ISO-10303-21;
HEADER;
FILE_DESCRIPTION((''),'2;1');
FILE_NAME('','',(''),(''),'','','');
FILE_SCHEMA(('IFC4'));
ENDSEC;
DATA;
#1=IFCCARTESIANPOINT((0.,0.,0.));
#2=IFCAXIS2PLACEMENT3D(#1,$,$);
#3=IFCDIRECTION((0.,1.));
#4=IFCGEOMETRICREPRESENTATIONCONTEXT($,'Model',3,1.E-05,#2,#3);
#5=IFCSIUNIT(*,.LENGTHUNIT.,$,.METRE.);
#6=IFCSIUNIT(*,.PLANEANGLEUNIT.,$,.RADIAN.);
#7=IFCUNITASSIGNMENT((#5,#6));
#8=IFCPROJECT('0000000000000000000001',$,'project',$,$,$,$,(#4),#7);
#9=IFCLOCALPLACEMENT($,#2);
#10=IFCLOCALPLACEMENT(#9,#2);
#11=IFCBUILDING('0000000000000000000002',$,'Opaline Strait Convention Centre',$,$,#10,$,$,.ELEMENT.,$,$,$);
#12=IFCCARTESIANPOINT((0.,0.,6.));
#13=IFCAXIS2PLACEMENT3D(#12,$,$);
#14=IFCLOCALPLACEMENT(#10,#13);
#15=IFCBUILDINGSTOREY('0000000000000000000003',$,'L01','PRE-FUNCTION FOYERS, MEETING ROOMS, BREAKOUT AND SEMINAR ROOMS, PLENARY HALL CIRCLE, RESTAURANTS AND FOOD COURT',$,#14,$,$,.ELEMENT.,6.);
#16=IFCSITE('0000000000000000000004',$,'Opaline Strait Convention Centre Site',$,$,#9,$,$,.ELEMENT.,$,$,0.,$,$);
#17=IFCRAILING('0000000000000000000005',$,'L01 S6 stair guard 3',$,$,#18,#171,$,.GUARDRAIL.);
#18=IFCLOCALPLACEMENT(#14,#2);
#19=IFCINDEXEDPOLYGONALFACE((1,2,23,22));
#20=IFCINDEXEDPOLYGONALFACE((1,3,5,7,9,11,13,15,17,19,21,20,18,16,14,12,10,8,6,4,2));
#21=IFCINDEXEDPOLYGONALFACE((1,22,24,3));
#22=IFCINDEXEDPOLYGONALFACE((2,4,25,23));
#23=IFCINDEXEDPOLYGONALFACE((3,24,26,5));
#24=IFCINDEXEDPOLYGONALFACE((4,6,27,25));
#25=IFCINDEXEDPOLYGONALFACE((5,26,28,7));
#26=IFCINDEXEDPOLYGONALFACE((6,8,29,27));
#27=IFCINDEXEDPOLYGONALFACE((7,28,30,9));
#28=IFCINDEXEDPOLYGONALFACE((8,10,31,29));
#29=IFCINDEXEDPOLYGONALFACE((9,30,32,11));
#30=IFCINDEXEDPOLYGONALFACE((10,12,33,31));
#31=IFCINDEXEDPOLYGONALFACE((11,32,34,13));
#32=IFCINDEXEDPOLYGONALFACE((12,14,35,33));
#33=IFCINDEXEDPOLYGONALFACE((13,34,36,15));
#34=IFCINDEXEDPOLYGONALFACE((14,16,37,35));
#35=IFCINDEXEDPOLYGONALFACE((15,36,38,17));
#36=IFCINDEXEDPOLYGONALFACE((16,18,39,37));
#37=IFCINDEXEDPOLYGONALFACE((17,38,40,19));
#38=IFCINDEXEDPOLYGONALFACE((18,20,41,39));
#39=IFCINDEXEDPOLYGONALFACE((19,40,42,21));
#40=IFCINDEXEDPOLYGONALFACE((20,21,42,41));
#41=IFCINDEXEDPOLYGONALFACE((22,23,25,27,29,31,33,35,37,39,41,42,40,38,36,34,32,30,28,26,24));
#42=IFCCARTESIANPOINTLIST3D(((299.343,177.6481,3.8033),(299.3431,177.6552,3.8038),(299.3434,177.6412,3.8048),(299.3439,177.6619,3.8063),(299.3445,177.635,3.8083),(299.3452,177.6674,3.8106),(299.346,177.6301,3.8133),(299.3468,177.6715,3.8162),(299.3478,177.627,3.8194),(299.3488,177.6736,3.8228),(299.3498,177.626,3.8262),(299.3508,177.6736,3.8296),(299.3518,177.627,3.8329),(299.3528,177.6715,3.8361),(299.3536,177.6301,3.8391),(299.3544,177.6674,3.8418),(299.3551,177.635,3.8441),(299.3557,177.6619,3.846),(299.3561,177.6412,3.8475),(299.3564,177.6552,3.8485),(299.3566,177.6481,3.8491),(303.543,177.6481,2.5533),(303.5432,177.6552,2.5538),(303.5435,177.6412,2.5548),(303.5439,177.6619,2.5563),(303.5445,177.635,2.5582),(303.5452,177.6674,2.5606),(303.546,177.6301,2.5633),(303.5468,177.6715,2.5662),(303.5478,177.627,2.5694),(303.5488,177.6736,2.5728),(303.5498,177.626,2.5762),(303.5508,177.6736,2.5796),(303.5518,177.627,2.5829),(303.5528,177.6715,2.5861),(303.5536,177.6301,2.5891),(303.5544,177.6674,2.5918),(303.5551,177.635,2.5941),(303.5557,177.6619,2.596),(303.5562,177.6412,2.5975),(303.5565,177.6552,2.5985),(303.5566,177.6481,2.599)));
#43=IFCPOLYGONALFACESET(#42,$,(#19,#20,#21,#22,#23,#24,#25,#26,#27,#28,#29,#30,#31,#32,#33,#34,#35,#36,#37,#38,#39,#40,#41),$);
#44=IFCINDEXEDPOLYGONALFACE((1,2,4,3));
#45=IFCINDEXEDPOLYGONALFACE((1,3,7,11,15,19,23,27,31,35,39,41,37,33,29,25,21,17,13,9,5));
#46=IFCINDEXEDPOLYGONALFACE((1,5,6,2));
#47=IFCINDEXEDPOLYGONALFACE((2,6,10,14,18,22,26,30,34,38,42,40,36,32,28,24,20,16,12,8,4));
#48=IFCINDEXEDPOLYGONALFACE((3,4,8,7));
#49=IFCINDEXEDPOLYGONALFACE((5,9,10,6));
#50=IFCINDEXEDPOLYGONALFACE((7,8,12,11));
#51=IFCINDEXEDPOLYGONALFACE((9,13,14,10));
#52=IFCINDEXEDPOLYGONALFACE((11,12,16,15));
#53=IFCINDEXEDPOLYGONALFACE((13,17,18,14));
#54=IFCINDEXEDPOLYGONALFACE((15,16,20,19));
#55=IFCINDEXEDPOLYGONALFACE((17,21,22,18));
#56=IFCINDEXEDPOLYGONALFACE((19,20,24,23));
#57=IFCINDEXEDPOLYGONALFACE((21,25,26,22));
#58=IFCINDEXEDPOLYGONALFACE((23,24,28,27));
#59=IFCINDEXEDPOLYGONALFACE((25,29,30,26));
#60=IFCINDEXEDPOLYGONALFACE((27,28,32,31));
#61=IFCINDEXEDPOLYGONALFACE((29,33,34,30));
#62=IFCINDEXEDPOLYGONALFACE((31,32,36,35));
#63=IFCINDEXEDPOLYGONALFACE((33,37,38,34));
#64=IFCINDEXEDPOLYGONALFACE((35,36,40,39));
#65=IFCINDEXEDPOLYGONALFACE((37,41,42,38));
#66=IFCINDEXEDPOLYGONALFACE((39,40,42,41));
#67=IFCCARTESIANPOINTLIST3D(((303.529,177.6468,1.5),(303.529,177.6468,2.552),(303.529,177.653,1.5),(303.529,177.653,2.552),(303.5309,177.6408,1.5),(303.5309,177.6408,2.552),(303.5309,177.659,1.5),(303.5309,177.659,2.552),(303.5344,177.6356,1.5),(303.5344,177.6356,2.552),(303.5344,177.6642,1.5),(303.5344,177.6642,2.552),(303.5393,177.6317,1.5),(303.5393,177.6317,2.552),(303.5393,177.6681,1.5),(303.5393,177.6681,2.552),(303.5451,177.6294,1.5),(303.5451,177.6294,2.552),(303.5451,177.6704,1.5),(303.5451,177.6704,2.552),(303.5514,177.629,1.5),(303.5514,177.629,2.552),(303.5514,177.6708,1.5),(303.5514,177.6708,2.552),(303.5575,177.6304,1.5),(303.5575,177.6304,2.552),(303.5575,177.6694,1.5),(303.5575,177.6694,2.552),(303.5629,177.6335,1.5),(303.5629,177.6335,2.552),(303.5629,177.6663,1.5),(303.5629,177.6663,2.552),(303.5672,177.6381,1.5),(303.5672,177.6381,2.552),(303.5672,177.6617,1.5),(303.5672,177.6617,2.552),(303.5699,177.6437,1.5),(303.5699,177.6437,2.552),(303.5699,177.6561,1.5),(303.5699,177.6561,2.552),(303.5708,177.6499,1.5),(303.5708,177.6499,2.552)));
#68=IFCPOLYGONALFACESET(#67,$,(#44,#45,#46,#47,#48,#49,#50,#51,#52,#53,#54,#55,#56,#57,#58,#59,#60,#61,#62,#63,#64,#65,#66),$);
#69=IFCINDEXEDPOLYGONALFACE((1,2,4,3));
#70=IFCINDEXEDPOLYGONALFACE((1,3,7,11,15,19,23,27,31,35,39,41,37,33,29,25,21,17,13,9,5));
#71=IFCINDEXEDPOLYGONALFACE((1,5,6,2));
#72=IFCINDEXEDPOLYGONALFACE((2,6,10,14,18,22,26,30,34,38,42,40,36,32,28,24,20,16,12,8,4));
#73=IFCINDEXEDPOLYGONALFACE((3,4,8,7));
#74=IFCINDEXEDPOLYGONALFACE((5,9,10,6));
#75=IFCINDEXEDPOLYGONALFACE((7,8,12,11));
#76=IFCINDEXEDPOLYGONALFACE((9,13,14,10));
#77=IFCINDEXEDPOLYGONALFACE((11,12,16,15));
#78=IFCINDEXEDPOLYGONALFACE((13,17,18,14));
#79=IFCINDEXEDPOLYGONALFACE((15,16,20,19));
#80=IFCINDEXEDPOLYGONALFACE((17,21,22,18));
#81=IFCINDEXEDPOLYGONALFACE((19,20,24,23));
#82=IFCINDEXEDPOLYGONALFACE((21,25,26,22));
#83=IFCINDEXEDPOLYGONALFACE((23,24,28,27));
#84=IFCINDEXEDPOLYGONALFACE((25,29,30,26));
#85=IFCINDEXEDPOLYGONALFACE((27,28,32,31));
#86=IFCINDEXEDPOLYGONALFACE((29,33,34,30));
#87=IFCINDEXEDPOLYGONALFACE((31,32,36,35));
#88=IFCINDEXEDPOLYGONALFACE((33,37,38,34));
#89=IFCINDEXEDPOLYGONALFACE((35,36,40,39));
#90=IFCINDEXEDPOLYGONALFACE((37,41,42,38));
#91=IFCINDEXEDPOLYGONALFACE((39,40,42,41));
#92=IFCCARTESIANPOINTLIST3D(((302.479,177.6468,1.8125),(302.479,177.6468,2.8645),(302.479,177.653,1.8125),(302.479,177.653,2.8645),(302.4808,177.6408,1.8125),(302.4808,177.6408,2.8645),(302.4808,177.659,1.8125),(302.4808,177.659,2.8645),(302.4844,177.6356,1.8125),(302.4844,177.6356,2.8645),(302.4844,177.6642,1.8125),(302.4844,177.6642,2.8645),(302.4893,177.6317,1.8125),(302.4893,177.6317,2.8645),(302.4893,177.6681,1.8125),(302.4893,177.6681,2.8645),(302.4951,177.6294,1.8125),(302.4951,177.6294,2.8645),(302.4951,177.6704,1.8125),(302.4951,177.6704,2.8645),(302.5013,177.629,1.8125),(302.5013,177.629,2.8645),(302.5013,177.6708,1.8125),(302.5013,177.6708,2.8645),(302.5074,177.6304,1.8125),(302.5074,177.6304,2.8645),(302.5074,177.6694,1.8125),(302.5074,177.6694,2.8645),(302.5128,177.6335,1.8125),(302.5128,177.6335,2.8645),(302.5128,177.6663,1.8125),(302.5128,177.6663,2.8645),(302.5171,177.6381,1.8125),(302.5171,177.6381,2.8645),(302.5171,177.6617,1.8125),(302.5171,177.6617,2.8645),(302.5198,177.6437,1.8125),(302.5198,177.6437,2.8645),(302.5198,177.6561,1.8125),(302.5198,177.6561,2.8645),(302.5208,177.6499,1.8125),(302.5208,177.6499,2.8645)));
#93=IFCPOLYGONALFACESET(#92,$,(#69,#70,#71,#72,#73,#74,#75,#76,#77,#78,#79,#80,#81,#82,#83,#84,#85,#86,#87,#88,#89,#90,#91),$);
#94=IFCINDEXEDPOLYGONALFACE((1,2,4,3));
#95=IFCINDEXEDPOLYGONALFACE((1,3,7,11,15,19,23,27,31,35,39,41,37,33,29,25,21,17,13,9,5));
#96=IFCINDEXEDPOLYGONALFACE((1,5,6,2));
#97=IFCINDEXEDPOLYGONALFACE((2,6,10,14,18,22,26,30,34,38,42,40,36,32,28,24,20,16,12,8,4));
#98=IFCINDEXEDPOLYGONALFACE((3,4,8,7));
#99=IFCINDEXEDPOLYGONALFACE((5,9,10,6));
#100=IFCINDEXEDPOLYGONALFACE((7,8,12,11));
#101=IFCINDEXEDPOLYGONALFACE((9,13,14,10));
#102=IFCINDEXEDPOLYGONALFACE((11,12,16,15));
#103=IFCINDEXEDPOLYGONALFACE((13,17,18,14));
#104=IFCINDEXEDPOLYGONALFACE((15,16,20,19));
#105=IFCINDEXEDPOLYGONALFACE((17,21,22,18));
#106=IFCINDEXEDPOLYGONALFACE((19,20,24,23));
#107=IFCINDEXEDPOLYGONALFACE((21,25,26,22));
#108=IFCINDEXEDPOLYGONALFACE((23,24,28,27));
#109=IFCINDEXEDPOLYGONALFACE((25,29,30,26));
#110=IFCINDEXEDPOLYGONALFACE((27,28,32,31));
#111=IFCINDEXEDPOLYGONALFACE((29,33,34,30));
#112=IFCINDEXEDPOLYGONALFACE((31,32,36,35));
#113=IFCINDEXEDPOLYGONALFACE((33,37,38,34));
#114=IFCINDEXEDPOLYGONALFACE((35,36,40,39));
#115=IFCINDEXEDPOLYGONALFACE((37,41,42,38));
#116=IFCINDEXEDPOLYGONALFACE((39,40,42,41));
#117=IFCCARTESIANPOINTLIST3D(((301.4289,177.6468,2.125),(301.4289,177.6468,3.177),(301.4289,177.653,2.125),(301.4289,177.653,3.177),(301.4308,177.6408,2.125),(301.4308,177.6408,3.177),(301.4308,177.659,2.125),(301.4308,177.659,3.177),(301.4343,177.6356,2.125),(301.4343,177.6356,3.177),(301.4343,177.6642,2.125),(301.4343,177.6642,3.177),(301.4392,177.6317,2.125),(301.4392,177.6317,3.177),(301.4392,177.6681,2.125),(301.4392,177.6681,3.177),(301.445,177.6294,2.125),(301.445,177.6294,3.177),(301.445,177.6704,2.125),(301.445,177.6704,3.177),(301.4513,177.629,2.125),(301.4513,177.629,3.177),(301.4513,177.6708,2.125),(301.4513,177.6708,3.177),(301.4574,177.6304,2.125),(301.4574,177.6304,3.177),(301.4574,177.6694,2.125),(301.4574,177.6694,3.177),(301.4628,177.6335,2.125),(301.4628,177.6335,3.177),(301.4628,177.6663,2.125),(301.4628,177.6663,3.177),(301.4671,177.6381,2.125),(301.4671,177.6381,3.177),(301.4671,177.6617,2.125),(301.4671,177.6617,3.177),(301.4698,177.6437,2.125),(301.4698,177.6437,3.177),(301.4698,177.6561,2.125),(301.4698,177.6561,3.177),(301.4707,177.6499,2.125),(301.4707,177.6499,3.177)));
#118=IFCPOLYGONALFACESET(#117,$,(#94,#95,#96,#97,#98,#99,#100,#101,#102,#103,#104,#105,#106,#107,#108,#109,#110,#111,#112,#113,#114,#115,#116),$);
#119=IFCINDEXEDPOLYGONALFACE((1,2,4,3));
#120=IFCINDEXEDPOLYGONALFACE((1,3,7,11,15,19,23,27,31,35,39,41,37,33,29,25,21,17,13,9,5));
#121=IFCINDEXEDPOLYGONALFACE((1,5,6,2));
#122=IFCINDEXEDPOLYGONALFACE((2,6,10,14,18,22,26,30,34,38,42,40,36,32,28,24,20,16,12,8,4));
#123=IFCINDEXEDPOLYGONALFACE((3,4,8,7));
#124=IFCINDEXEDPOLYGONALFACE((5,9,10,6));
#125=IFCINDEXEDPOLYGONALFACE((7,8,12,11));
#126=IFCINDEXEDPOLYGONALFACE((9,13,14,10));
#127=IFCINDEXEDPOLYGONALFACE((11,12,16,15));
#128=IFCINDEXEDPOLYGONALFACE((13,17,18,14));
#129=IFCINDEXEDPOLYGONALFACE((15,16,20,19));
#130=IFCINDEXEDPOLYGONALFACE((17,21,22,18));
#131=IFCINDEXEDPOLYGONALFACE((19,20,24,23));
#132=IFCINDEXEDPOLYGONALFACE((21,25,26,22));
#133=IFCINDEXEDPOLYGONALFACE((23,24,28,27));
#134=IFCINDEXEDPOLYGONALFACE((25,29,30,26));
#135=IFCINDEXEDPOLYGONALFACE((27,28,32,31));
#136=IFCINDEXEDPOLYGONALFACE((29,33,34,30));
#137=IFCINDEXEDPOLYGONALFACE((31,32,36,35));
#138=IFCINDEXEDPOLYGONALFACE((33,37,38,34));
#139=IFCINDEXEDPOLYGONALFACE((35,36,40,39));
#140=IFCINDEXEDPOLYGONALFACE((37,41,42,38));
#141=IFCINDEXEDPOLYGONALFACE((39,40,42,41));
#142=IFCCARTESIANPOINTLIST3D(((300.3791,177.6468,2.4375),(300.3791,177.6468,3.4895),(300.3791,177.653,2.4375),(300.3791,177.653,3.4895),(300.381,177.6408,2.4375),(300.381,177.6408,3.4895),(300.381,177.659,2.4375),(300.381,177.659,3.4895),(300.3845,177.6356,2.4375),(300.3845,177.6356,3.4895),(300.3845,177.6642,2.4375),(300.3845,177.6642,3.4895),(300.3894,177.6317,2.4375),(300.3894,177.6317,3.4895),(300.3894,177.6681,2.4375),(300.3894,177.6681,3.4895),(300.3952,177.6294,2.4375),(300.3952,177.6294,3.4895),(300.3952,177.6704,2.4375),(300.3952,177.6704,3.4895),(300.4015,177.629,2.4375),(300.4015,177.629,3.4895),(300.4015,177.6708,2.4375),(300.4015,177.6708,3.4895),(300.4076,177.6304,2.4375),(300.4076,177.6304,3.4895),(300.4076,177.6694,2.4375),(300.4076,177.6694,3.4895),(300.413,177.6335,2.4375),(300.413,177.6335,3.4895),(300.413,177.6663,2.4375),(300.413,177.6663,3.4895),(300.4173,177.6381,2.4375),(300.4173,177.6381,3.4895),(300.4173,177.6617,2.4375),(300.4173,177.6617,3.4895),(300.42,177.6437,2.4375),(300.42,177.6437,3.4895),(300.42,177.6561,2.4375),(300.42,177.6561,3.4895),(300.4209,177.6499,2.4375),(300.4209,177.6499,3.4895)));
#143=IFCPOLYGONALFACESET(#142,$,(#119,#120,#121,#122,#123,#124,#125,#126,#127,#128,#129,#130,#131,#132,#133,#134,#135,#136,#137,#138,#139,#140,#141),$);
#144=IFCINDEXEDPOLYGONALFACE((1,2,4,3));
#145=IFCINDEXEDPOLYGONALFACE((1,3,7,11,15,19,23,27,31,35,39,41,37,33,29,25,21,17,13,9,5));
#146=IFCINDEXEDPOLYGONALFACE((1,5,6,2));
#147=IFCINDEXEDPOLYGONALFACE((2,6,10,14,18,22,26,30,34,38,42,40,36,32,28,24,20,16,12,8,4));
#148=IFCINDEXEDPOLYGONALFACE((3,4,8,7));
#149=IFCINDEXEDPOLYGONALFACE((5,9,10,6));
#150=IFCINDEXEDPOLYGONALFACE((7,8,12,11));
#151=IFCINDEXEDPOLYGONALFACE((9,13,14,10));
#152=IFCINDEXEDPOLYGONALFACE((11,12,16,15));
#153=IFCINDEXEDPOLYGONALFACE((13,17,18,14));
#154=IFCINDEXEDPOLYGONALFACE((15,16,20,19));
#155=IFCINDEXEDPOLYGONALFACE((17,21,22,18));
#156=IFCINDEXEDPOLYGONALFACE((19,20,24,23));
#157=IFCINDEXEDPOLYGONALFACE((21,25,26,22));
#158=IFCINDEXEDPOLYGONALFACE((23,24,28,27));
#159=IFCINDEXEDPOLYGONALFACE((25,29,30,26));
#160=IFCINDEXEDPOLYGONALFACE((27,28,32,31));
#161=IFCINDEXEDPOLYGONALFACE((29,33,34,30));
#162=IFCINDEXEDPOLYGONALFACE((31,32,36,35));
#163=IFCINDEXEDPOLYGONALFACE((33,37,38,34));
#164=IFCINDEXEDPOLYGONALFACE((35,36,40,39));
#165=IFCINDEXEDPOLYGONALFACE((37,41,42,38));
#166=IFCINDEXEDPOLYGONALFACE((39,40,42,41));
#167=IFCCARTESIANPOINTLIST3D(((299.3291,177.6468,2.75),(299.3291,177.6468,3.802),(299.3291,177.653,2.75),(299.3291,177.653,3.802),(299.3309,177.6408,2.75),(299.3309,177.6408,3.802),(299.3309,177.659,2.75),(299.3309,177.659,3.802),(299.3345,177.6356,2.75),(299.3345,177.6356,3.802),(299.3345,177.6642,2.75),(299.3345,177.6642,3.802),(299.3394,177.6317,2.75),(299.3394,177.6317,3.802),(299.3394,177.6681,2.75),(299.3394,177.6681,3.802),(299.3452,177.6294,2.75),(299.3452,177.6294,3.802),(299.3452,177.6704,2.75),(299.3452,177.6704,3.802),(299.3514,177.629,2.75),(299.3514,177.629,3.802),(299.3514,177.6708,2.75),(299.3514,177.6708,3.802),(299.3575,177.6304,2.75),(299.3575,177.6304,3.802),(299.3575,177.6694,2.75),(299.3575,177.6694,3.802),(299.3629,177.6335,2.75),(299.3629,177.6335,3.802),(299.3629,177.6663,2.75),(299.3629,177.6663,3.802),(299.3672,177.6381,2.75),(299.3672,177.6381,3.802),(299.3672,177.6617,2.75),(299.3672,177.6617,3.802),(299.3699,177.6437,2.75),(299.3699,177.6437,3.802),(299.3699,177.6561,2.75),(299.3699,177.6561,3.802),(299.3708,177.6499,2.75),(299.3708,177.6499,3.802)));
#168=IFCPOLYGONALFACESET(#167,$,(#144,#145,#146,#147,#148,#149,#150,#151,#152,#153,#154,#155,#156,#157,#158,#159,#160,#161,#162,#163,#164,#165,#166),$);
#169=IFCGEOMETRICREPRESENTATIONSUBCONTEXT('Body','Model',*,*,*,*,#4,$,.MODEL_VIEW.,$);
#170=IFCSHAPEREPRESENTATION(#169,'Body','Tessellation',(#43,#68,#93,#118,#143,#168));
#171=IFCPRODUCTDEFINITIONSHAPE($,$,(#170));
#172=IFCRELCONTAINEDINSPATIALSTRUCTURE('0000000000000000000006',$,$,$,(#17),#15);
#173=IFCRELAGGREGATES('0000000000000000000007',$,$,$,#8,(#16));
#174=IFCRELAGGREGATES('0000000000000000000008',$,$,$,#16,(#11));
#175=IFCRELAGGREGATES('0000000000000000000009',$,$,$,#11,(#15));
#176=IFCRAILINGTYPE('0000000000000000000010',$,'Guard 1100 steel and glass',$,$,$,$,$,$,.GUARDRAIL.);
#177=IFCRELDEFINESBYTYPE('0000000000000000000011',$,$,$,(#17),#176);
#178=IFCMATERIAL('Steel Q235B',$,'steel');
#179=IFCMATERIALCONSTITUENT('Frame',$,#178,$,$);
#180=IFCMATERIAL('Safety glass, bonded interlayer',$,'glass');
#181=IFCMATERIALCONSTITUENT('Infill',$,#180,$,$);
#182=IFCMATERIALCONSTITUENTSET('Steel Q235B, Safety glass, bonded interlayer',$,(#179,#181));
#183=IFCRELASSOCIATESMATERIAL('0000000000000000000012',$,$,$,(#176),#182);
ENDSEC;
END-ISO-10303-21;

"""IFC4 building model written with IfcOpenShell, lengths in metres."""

from ifc_helpers import new_model, si_unit, direction, frame, origin, origin_2d, place, context, subcontext, project, spatial, circle, extrude, material, constituent, constituent_set, type_object, element, save


model = new_model("IFC4")

# Units and contexts
model_context = context("Model", 3, precision=1e-05, world=origin(), true_north=direction((0.0, 1.0)))
body_context = subcontext(model_context, "Body", "Model", "MODEL_VIEW")
ifc_project = project(units=[si_unit("LENGTHUNIT", "METRE"), si_unit("PLANEANGLEUNIT", "RADIAN")], contexts=[model_context])

# Site, building, storey
site_placement = place(None, origin())
site = spatial("IfcSite", under=ifc_project, at=site_placement, Name="Opaline Strait Convention Centre Site", CompositionType="ELEMENT", RefElevation=0.0)
building_placement = place(site_placement, origin())
building = spatial("IfcBuilding", under=site, at=building_placement, Name="Opaline Strait Convention Centre", CompositionType="ELEMENT")
storey_placement = place(building_placement, frame((0.0, 0.0, 6.0)))
storey = spatial("IfcBuildingStorey", under=building, at=storey_placement, Name="L01", Description="PRE-FUNCTION FOYERS, MEETING ROOMS, BREAKOUT AND SEMINAR ROOMS, PLENARY HALL CIRCLE, RESTAURANTS AND FOOD COURT", CompositionType="ELEMENT", Elevation=6.0)

# Railing
ifc_material_1 = material(Name="Steel Q235B", Category="steel")
ifc_constituent_1 = constituent(ifc_material_1, Name="Frame")
ifc_material_2 = material(Name="Safety glass, bonded interlayer", Category="glass")
ifc_constituent_2 = constituent(ifc_material_2, Name="Infill")
ifc_constituent_set = constituent_set(constituents=[ifc_constituent_1, ifc_constituent_2], Name="Steel Q235B, Safety glass, bonded interlayer")
railing_type_1 = type_object("IfcRailingType", Name="Guard 1100 steel and glass", PredefinedType="GUARDRAIL", material=ifc_constituent_set)
railing_1_placement = place(storey_placement, frame((303.5498, 177.6499, 1.5)))
element("IfcRailing", 1, at=railing_1_placement, inside=storey, type_object=railing_type_1, Name="L01 S6 stair guard 3", PredefinedType="GUARDRAIL", context=body_context, shape_type="SweptSolid", body=[
    extrude(circle(Radius=0.0239, at=origin_2d()), frame((0.0, 0.0, 1.0762), z_axis=(-0.958451, 0.0, 0.285257), x_axis=(0.0, -1.0, 0.0)), (0.0, 0.0, 1.0), 4.3821),
    extrude(circle(Radius=0.021, at=origin_2d()), origin(), (0.0, 0.0, 1.0), 1.052),
    extrude(circle(Radius=0.021, at=origin_2d()), frame((-1.05, 0.0, 0.3125)), (0.0, 0.0, 1.0), 1.052),
    extrude(circle(Radius=0.021, at=origin_2d()), frame((-2.1001, 0.0, 0.625)), (0.0, 0.0, 1.0), 1.052),
    extrude(circle(Radius=0.021, at=origin_2d()), frame((-3.1499, 0.0, 0.9375)), (0.0, 0.0, 1.0), 1.052),
    extrude(circle(Radius=0.021, at=origin_2d()), frame((-4.2, 0.0, 1.25)), (0.0, 0.0, 1.0), 1.052),
])

save(model, "model.ifc")
